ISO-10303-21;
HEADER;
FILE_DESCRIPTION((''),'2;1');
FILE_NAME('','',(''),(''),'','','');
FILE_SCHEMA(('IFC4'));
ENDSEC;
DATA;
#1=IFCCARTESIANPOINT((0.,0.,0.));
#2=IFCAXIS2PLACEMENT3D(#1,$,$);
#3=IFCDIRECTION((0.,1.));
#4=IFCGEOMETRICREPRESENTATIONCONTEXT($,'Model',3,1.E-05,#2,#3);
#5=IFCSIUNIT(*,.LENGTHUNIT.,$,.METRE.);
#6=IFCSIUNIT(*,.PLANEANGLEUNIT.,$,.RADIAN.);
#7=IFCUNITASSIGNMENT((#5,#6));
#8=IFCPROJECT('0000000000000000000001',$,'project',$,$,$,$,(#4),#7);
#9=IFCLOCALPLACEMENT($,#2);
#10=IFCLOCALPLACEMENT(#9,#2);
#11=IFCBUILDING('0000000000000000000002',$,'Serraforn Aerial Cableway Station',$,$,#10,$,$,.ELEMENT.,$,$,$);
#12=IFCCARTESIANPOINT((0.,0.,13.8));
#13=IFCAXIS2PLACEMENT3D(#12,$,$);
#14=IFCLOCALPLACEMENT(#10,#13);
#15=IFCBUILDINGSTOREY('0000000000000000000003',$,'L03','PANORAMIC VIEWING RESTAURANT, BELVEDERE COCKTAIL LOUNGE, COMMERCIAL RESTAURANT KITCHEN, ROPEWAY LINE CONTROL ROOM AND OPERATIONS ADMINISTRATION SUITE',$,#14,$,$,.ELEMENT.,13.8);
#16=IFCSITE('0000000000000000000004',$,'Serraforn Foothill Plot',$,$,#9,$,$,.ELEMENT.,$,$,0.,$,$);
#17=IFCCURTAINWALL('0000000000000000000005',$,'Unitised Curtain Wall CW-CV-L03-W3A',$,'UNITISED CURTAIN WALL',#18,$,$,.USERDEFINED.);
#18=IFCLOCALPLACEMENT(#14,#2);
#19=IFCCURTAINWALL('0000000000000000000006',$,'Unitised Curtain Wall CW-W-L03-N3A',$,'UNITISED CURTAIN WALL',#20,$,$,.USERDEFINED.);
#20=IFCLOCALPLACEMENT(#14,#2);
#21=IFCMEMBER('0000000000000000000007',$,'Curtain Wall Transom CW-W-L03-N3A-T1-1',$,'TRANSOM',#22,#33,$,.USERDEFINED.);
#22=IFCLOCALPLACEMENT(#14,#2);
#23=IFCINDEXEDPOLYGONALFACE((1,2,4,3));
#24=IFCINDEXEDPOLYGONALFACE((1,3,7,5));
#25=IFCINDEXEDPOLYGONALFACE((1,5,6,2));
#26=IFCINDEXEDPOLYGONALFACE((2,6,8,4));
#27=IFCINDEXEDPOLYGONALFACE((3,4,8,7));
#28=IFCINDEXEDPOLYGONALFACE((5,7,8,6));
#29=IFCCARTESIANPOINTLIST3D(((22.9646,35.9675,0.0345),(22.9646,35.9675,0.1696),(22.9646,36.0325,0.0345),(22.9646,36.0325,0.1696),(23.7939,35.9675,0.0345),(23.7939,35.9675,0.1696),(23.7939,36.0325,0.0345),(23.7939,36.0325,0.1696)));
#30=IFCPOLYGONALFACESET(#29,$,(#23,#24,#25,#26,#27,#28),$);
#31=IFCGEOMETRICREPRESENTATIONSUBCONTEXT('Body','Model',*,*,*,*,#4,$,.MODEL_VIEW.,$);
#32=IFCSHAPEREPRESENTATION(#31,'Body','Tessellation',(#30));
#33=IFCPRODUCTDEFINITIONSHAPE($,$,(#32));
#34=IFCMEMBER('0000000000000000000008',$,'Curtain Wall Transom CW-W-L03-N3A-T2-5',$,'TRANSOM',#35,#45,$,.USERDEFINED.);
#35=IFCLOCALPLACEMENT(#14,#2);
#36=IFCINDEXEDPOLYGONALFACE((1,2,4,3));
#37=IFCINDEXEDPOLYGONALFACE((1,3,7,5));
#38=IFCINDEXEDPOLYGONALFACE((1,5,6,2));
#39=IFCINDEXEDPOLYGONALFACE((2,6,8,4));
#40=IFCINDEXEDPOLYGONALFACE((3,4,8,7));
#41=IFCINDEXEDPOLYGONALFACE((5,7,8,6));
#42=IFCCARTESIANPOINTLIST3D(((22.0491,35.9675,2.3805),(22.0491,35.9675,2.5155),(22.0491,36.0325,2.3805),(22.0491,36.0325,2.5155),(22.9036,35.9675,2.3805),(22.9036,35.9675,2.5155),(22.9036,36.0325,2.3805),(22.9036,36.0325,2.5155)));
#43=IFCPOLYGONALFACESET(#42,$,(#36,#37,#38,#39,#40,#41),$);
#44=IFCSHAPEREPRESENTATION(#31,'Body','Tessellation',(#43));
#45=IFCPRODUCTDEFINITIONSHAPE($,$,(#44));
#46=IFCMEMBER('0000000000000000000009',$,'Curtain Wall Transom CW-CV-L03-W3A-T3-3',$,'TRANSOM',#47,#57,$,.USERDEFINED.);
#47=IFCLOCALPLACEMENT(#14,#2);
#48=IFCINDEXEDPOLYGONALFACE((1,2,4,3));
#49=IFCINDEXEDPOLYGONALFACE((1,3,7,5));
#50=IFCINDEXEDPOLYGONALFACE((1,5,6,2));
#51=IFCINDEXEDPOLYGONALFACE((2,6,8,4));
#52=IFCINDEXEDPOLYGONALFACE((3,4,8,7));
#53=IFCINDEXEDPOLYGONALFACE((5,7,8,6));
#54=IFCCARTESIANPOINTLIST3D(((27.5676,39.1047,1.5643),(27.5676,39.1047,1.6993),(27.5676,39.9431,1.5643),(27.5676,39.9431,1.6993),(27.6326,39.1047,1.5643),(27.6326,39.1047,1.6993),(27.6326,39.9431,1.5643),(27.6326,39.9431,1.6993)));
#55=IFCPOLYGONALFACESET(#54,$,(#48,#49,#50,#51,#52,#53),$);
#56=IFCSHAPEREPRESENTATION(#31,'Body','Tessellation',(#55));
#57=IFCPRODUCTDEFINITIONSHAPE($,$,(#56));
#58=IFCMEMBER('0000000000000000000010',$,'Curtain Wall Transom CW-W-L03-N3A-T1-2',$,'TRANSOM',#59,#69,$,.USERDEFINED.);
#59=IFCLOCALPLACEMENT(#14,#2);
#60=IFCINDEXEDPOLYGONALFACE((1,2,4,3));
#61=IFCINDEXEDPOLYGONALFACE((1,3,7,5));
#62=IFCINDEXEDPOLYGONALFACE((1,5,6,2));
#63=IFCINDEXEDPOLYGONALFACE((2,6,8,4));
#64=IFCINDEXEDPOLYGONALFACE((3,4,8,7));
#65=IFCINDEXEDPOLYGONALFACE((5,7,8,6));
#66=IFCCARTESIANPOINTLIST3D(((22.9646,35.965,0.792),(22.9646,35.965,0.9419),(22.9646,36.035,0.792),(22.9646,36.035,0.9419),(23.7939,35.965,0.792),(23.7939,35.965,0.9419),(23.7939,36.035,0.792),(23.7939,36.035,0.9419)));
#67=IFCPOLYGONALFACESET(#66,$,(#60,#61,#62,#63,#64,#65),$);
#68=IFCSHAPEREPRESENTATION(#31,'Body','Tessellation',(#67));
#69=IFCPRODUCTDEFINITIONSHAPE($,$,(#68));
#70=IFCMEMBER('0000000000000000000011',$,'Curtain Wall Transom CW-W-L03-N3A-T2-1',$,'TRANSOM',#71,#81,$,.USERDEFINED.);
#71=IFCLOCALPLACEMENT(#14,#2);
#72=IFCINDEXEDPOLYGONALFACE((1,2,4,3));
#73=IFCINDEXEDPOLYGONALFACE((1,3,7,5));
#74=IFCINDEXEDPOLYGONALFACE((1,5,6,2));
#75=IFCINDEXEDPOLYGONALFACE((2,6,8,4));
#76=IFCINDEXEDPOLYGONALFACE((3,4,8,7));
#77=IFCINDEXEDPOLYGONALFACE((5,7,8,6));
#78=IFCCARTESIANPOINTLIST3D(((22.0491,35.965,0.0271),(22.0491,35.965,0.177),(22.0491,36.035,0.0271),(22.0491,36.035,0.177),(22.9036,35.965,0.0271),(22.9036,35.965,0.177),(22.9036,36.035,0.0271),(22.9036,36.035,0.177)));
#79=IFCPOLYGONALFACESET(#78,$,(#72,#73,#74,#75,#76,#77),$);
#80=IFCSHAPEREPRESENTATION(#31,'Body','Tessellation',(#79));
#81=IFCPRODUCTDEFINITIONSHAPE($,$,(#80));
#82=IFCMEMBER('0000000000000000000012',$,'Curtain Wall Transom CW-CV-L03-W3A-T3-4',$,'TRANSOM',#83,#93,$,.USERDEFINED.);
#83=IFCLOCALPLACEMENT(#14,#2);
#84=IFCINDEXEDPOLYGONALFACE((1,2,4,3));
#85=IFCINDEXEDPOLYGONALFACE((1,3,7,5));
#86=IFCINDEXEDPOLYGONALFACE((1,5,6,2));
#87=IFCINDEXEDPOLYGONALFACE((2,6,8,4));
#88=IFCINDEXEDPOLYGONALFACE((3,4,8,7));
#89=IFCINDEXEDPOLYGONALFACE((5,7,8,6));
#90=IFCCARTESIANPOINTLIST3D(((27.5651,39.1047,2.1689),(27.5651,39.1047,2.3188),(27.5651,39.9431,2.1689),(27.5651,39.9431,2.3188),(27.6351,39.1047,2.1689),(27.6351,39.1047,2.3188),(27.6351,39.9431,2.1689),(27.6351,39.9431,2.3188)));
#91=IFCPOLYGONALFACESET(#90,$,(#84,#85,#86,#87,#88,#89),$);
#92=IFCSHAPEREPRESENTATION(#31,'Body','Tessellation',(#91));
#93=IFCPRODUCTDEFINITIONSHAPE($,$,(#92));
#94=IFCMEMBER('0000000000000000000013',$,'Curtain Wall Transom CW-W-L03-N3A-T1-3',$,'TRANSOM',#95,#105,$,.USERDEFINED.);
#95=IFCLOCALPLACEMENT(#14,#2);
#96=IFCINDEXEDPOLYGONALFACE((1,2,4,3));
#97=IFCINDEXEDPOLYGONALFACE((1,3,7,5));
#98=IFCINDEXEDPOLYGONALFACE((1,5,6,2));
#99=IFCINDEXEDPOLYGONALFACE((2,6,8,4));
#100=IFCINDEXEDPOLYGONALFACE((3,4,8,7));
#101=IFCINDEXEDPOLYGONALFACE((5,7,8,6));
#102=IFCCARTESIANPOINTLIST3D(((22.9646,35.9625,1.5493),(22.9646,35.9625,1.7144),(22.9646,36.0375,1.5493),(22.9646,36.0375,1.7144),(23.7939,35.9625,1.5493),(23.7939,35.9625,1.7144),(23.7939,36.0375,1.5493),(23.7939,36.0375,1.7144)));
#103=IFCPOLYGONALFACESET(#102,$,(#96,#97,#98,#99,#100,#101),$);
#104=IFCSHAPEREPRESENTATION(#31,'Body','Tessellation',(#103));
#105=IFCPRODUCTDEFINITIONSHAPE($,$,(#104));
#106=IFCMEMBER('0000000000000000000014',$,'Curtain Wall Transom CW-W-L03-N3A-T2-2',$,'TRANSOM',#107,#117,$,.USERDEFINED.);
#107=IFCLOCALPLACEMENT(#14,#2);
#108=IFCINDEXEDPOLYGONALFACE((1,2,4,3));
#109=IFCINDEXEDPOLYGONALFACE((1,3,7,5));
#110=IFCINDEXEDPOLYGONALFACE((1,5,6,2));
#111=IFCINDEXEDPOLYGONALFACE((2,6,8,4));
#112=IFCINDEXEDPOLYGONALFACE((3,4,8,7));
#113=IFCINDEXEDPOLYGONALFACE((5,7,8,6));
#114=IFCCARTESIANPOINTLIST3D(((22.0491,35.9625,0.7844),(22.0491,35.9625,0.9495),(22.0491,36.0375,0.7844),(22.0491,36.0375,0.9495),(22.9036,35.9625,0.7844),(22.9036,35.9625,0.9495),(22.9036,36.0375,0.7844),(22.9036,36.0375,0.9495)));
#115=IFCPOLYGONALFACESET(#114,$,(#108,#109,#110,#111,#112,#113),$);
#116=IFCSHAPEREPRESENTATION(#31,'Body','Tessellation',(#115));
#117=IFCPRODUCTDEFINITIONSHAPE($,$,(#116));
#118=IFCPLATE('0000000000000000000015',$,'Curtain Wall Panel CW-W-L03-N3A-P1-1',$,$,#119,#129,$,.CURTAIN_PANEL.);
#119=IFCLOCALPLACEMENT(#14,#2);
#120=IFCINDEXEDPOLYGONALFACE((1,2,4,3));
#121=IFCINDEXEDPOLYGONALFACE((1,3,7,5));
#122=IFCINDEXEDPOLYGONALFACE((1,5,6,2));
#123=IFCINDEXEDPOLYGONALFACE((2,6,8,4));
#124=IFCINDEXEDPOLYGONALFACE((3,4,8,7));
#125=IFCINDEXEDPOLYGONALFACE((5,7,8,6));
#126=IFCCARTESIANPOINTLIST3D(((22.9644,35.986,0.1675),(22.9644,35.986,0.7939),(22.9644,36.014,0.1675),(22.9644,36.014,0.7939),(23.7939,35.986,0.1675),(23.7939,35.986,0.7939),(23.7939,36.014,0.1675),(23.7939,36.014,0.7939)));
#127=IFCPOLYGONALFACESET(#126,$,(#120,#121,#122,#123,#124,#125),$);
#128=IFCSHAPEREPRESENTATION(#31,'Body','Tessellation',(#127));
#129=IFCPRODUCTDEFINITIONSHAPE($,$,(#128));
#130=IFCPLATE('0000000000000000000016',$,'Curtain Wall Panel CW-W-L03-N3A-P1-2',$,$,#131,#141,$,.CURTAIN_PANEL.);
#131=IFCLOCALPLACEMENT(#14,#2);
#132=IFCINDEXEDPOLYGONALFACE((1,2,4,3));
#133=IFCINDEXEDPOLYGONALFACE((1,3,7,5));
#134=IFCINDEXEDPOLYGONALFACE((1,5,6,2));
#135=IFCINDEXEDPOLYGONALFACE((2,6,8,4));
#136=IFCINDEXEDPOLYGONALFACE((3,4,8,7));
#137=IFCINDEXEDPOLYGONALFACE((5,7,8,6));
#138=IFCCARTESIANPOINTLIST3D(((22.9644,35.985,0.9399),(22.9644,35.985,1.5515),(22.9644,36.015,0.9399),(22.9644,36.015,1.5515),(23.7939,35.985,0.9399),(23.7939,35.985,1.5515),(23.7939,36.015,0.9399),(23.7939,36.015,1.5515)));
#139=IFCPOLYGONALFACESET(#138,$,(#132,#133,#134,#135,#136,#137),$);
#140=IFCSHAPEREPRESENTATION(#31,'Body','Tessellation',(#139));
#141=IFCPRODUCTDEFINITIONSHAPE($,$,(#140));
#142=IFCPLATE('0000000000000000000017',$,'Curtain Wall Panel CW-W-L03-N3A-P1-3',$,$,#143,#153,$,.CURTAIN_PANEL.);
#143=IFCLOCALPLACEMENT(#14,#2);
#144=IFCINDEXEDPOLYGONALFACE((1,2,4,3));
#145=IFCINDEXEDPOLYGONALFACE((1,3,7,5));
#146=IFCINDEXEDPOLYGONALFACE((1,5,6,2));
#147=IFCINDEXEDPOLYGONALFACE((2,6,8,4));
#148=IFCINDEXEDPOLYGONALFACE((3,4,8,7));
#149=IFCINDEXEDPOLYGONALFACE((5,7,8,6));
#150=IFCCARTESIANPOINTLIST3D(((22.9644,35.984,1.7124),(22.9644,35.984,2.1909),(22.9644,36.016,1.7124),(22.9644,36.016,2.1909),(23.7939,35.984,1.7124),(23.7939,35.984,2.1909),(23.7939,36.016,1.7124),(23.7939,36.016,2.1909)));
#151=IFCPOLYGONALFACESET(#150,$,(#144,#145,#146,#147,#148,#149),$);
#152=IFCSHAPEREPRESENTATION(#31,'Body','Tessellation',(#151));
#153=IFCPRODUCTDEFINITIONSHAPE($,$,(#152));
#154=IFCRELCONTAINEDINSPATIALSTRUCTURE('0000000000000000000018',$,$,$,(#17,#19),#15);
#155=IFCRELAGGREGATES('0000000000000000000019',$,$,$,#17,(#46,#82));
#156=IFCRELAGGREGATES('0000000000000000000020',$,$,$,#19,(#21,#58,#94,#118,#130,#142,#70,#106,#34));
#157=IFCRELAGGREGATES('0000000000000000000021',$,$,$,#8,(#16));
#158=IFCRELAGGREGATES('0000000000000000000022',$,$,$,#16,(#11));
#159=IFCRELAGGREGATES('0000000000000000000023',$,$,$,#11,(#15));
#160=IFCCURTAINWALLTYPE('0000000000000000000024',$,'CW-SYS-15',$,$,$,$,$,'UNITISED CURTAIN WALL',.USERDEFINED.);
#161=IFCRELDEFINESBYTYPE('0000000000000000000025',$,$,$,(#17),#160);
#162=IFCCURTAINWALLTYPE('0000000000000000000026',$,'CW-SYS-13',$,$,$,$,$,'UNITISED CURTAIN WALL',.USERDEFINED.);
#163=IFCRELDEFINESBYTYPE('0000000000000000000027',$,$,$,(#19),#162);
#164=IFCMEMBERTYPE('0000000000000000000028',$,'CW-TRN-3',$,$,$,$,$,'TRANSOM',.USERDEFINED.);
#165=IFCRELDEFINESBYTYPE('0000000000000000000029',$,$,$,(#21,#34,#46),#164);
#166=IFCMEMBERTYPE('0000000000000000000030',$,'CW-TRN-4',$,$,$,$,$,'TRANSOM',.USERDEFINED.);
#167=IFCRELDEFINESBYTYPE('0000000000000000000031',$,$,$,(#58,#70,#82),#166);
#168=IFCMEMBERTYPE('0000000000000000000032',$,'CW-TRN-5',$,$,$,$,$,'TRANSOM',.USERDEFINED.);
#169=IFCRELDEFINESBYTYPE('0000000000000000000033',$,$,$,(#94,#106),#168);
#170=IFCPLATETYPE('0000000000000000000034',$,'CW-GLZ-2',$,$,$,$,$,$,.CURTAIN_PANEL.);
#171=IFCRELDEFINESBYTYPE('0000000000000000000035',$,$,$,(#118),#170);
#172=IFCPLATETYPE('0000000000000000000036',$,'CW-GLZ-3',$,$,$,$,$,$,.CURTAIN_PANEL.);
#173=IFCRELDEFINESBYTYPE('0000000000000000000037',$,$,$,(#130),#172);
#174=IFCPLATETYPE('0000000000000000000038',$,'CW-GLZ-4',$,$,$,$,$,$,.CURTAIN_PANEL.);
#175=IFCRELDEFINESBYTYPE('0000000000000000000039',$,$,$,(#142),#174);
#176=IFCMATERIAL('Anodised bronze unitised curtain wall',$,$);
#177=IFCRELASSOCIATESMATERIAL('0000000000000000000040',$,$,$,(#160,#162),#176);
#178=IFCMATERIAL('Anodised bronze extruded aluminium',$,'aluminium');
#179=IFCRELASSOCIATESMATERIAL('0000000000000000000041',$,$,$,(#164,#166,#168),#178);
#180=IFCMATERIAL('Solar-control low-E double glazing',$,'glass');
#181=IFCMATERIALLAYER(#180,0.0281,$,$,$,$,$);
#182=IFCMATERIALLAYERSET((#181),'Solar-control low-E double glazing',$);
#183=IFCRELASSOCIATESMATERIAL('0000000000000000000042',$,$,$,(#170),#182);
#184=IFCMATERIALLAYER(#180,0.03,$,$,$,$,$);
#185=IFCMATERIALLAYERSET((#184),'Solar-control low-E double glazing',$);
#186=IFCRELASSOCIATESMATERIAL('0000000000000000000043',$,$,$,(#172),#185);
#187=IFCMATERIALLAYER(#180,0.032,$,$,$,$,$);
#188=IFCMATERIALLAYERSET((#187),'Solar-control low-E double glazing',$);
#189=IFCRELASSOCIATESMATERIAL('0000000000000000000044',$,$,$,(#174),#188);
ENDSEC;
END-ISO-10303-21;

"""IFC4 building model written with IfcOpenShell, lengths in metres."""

from ifc_helpers import new_model, si_unit, direction, frame, origin, origin_2d, place, context, subcontext, project, spatial, rectangle, extrude, material, layer, layer_set, material_profile, profile_set, type_object, element, aggregate, save


model = new_model("IFC4")

# Units and contexts
model_context = context("Model", 3, precision=1e-05, world=origin(), true_north=direction((0.0, 1.0)))
body_context = subcontext(model_context, "Body", "Model", "MODEL_VIEW")
ifc_project = project(units=[si_unit("LENGTHUNIT", "METRE"), si_unit("PLANEANGLEUNIT", "RADIAN")], contexts=[model_context])

# Site, building, storey
site_placement = place(None, origin())
site = spatial("IfcSite", under=ifc_project, at=site_placement, Name="Serraforn Foothill Plot", CompositionType="ELEMENT", RefElevation=0.0)
building_placement = place(site_placement, origin())
building = spatial("IfcBuilding", under=site, at=building_placement, Name="Serraforn Aerial Cableway Station", CompositionType="ELEMENT")
storey_placement = place(building_placement, frame((0.0, 0.0, 13.8)))
storey = spatial("IfcBuildingStorey", under=building, at=storey_placement, Name="L03", Description="PANORAMIC VIEWING RESTAURANT, BELVEDERE COCKTAIL LOUNGE, COMMERCIAL RESTAURANT KITCHEN, ROPEWAY LINE CONTROL ROOM AND OPERATIONS ADMINISTRATION SUITE", CompositionType="ELEMENT", Elevation=13.8)

# Curtain walls
ifc_material_1 = material(Name="Anodised bronze unitised curtain wall")
curtain_wall_type_1 = type_object("IfcCurtainWallType", Name="CW-SYS-15", ElementType="UNITISED CURTAIN WALL", PredefinedType="USERDEFINED", material=ifc_material_1)
curtain_wall_1_placement = place(storey_placement, origin())
curtain_wall_1 = element("IfcCurtainWall", 1, at=curtain_wall_1_placement, inside=storey, type_object=curtain_wall_type_1, Name="Unitised Curtain Wall CW-CV-L03-W3A", ObjectType="UNITISED CURTAIN WALL", PredefinedType="USERDEFINED")
ifc_material_2 = material(Name="Anodised bronze extruded aluminium", Category="aluminium")
curtain_wall_type_2 = type_object("IfcCurtainWallType", Name="CW-SYS-13", ElementType="UNITISED CURTAIN WALL", PredefinedType="USERDEFINED", material=ifc_material_1)
curtain_wall_2_placement = place(storey_placement, origin())
curtain_wall_2 = element("IfcCurtainWall", 2, at=curtain_wall_2_placement, inside=storey, type_object=curtain_wall_type_2, Name="Unitised Curtain Wall CW-W-L03-N3A", ObjectType="UNITISED CURTAIN WALL", PredefinedType="USERDEFINED")

# Members
ifc_material_profile_1 = material_profile(ifc_material_2, rectangle(XDim=0.0649, YDim=0.135, at=origin_2d()), Name="CW TRANSOM 65x135")
ifc_profile_set_1 = profile_set([ifc_material_profile_1], Name="Anodised bronze extruded aluminium")
member_type_1 = type_object("IfcMemberType", Name="CW-TRN-3", ElementType="TRANSOM", PredefinedType="USERDEFINED", material=ifc_profile_set_1)
member_1_placement = place(storey_placement, frame((23.7939, 36.0, 0.1021), z_axis=(-1.0, 0.0, 0.0), x_axis=(0.0, -1.0, 0.0)))
member_1 = element("IfcMember", 3, at=member_1_placement, type_object=member_type_1, Name="Curtain Wall Transom CW-W-L03-N3A-T1-1", ObjectType="TRANSOM", PredefinedType="USERDEFINED", context=body_context, shape_type="SweptSolid", body=[
    extrude(rectangle(XDim=0.0649, YDim=0.135, at=origin_2d()), origin(), (0.0, 0.0, 1.0), 0.8293),
])
member_2_placement = place(storey_placement, frame((22.9036, 36.0, 2.448), z_axis=(-1.0, 0.0, 0.0), x_axis=(0.0, -1.0, 0.0)))
member_2 = element("IfcMember", 4, at=member_2_placement, type_object=member_type_1, Name="Curtain Wall Transom CW-W-L03-N3A-T2-5", ObjectType="TRANSOM", PredefinedType="USERDEFINED", context=body_context, shape_type="SweptSolid", body=[
    extrude(rectangle(XDim=0.0649, YDim=0.135, at=origin_2d()), origin(), (0.0, 0.0, 1.0), 0.8545),
])
member_3_placement = place(storey_placement, frame((27.6001, 39.9431, 1.6318), z_axis=(0.0, -1.0, 0.0), x_axis=(1.0, 0.0, 0.0)))
member_3 = element("IfcMember", 5, at=member_3_placement, type_object=member_type_1, Name="Curtain Wall Transom CW-CV-L03-W3A-T3-3", ObjectType="TRANSOM", PredefinedType="USERDEFINED", context=body_context, shape_type="SweptSolid", body=[
    extrude(rectangle(XDim=0.0649, YDim=0.135, at=origin_2d()), origin(), (0.0, 0.0, 1.0), 0.8384),
])
ifc_material_profile_2 = material_profile(ifc_material_2, rectangle(XDim=0.0701, YDim=0.1499, at=origin_2d()), Name="CW TRANSOM 70x150")
ifc_profile_set_2 = profile_set([ifc_material_profile_2], Name="Anodised bronze extruded aluminium")
member_type_2 = type_object("IfcMemberType", Name="CW-TRN-4", ElementType="TRANSOM", PredefinedType="USERDEFINED", material=ifc_profile_set_2)
member_4_placement = place(storey_placement, frame((23.7939, 36.0, 0.8669), z_axis=(-1.0, 0.0, 0.0), x_axis=(0.0, -1.0, 0.0)))
member_4 = element("IfcMember", 6, at=member_4_placement, type_object=member_type_2, Name="Curtain Wall Transom CW-W-L03-N3A-T1-2", ObjectType="TRANSOM", PredefinedType="USERDEFINED", context=body_context, shape_type="SweptSolid", body=[
    extrude(rectangle(XDim=0.0701, YDim=0.1499, at=origin_2d()), origin(), (0.0, 0.0, 1.0), 0.8293),
])
member_5_placement = place(storey_placement, frame((22.9036, 36.0, 0.1021), z_axis=(-1.0, 0.0, 0.0), x_axis=(0.0, -1.0, 0.0)))
member_5 = element("IfcMember", 7, at=member_5_placement, type_object=member_type_2, Name="Curtain Wall Transom CW-W-L03-N3A-T2-1", ObjectType="TRANSOM", PredefinedType="USERDEFINED", context=body_context, shape_type="SweptSolid", body=[
    extrude(rectangle(XDim=0.0701, YDim=0.1499, at=origin_2d()), origin(), (0.0, 0.0, 1.0), 0.8545),
])
member_6_placement = place(storey_placement, frame((27.6001, 39.9431, 2.2439), z_axis=(0.0, -1.0, 0.0), x_axis=(1.0, 0.0, 0.0)))
member_6 = element("IfcMember", 8, at=member_6_placement, type_object=member_type_2, Name="Curtain Wall Transom CW-CV-L03-W3A-T3-4", ObjectType="TRANSOM", PredefinedType="USERDEFINED", context=body_context, shape_type="SweptSolid", body=[
    extrude(rectangle(XDim=0.0701, YDim=0.1499, at=origin_2d()), origin(), (0.0, 0.0, 1.0), 0.8384),
])
aggregate(curtain_wall_1, [member_3, member_6])
ifc_material_profile_3 = material_profile(ifc_material_2, rectangle(XDim=0.075, YDim=0.165, at=origin_2d()), Name="CW TRANSOM 75x165")
ifc_profile_set_3 = profile_set([ifc_material_profile_3], Name="Anodised bronze extruded aluminium")
member_type_3 = type_object("IfcMemberType", Name="CW-TRN-5", ElementType="TRANSOM", PredefinedType="USERDEFINED", material=ifc_profile_set_3)
member_7_placement = place(storey_placement, frame((23.7939, 36.0, 1.6318), z_axis=(-1.0, 0.0, 0.0), x_axis=(0.0, -1.0, 0.0)))
member_7 = element("IfcMember", 9, at=member_7_placement, type_object=member_type_3, Name="Curtain Wall Transom CW-W-L03-N3A-T1-3", ObjectType="TRANSOM", PredefinedType="USERDEFINED", context=body_context, shape_type="SweptSolid", body=[
    extrude(rectangle(XDim=0.075, YDim=0.165, at=origin_2d()), origin(), (0.0, 0.0, 1.0), 0.8293),
])
member_8_placement = place(storey_placement, frame((22.9036, 36.0, 0.8669), z_axis=(-1.0, 0.0, 0.0), x_axis=(0.0, -1.0, 0.0)))
member_8 = element("IfcMember", 10, at=member_8_placement, type_object=member_type_3, Name="Curtain Wall Transom CW-W-L03-N3A-T2-2", ObjectType="TRANSOM", PredefinedType="USERDEFINED", context=body_context, shape_type="SweptSolid", body=[
    extrude(rectangle(XDim=0.075, YDim=0.165, at=origin_2d()), origin(), (0.0, 0.0, 1.0), 0.8545),
])

# Plates
ifc_material_3 = material(Name="Solar-control low-E double glazing", Category="glass")
ifc_layer_1 = layer(ifc_material_3, 0.0281)
ifc_layer_set_1 = layer_set([ifc_layer_1], Name="Solar-control low-E double glazing")
plate_type_1 = type_object("IfcPlateType", Name="CW-GLZ-2", PredefinedType="CURTAIN_PANEL", material=ifc_layer_set_1)
plate_1_placement = place(storey_placement, frame((23.3792, 36.0, 0.1675), z_axis=(0.0, 0.0, 1.0), x_axis=(1.0, 0.0, 0.0)))
plate_1 = element("IfcPlate", 11, at=plate_1_placement, type_object=plate_type_1, Name="Curtain Wall Panel CW-W-L03-N3A-P1-1", PredefinedType="CURTAIN_PANEL", context=body_context, shape_type="SweptSolid", body=[
    extrude(rectangle(XDim=0.8296, YDim=0.0281, at=origin_2d()), origin(), (0.0, 0.0, 1.0), 0.6265),
])
ifc_layer_2 = layer(ifc_material_3, 0.03)
ifc_layer_set_2 = layer_set([ifc_layer_2], Name="Solar-control low-E double glazing")
plate_type_2 = type_object("IfcPlateType", Name="CW-GLZ-3", PredefinedType="CURTAIN_PANEL", material=ifc_layer_set_2)
plate_2_placement = place(storey_placement, frame((23.3792, 36.0, 0.9399), z_axis=(0.0, 0.0, 1.0), x_axis=(1.0, 0.0, 0.0)))
plate_2 = element("IfcPlate", 12, at=plate_2_placement, type_object=plate_type_2, Name="Curtain Wall Panel CW-W-L03-N3A-P1-2", PredefinedType="CURTAIN_PANEL", context=body_context, shape_type="SweptSolid", body=[
    extrude(rectangle(XDim=0.8296, YDim=0.03, at=origin_2d()), origin(), (0.0, 0.0, 1.0), 0.6116),
])
ifc_layer_3 = layer(ifc_material_3, 0.032)
ifc_layer_set_3 = layer_set([ifc_layer_3], Name="Solar-control low-E double glazing")
plate_type_3 = type_object("IfcPlateType", Name="CW-GLZ-4", PredefinedType="CURTAIN_PANEL", material=ifc_layer_set_3)
plate_3_placement = place(storey_placement, frame((23.3792, 36.0, 1.7124), z_axis=(0.0, 0.0, 1.0), x_axis=(1.0, 0.0, 0.0)))
plate_3 = element("IfcPlate", 13, at=plate_3_placement, type_object=plate_type_3, Name="Curtain Wall Panel CW-W-L03-N3A-P1-3", PredefinedType="CURTAIN_PANEL", context=body_context, shape_type="SweptSolid", body=[
    extrude(rectangle(XDim=0.8296, YDim=0.032, at=origin_2d()), origin(), (0.0, 0.0, 1.0), 0.4785),
])
aggregate(curtain_wall_2, [member_1, member_4, member_7, plate_1, plate_2, plate_3, member_5, member_8, member_2])

save(model, "model.ifc")
